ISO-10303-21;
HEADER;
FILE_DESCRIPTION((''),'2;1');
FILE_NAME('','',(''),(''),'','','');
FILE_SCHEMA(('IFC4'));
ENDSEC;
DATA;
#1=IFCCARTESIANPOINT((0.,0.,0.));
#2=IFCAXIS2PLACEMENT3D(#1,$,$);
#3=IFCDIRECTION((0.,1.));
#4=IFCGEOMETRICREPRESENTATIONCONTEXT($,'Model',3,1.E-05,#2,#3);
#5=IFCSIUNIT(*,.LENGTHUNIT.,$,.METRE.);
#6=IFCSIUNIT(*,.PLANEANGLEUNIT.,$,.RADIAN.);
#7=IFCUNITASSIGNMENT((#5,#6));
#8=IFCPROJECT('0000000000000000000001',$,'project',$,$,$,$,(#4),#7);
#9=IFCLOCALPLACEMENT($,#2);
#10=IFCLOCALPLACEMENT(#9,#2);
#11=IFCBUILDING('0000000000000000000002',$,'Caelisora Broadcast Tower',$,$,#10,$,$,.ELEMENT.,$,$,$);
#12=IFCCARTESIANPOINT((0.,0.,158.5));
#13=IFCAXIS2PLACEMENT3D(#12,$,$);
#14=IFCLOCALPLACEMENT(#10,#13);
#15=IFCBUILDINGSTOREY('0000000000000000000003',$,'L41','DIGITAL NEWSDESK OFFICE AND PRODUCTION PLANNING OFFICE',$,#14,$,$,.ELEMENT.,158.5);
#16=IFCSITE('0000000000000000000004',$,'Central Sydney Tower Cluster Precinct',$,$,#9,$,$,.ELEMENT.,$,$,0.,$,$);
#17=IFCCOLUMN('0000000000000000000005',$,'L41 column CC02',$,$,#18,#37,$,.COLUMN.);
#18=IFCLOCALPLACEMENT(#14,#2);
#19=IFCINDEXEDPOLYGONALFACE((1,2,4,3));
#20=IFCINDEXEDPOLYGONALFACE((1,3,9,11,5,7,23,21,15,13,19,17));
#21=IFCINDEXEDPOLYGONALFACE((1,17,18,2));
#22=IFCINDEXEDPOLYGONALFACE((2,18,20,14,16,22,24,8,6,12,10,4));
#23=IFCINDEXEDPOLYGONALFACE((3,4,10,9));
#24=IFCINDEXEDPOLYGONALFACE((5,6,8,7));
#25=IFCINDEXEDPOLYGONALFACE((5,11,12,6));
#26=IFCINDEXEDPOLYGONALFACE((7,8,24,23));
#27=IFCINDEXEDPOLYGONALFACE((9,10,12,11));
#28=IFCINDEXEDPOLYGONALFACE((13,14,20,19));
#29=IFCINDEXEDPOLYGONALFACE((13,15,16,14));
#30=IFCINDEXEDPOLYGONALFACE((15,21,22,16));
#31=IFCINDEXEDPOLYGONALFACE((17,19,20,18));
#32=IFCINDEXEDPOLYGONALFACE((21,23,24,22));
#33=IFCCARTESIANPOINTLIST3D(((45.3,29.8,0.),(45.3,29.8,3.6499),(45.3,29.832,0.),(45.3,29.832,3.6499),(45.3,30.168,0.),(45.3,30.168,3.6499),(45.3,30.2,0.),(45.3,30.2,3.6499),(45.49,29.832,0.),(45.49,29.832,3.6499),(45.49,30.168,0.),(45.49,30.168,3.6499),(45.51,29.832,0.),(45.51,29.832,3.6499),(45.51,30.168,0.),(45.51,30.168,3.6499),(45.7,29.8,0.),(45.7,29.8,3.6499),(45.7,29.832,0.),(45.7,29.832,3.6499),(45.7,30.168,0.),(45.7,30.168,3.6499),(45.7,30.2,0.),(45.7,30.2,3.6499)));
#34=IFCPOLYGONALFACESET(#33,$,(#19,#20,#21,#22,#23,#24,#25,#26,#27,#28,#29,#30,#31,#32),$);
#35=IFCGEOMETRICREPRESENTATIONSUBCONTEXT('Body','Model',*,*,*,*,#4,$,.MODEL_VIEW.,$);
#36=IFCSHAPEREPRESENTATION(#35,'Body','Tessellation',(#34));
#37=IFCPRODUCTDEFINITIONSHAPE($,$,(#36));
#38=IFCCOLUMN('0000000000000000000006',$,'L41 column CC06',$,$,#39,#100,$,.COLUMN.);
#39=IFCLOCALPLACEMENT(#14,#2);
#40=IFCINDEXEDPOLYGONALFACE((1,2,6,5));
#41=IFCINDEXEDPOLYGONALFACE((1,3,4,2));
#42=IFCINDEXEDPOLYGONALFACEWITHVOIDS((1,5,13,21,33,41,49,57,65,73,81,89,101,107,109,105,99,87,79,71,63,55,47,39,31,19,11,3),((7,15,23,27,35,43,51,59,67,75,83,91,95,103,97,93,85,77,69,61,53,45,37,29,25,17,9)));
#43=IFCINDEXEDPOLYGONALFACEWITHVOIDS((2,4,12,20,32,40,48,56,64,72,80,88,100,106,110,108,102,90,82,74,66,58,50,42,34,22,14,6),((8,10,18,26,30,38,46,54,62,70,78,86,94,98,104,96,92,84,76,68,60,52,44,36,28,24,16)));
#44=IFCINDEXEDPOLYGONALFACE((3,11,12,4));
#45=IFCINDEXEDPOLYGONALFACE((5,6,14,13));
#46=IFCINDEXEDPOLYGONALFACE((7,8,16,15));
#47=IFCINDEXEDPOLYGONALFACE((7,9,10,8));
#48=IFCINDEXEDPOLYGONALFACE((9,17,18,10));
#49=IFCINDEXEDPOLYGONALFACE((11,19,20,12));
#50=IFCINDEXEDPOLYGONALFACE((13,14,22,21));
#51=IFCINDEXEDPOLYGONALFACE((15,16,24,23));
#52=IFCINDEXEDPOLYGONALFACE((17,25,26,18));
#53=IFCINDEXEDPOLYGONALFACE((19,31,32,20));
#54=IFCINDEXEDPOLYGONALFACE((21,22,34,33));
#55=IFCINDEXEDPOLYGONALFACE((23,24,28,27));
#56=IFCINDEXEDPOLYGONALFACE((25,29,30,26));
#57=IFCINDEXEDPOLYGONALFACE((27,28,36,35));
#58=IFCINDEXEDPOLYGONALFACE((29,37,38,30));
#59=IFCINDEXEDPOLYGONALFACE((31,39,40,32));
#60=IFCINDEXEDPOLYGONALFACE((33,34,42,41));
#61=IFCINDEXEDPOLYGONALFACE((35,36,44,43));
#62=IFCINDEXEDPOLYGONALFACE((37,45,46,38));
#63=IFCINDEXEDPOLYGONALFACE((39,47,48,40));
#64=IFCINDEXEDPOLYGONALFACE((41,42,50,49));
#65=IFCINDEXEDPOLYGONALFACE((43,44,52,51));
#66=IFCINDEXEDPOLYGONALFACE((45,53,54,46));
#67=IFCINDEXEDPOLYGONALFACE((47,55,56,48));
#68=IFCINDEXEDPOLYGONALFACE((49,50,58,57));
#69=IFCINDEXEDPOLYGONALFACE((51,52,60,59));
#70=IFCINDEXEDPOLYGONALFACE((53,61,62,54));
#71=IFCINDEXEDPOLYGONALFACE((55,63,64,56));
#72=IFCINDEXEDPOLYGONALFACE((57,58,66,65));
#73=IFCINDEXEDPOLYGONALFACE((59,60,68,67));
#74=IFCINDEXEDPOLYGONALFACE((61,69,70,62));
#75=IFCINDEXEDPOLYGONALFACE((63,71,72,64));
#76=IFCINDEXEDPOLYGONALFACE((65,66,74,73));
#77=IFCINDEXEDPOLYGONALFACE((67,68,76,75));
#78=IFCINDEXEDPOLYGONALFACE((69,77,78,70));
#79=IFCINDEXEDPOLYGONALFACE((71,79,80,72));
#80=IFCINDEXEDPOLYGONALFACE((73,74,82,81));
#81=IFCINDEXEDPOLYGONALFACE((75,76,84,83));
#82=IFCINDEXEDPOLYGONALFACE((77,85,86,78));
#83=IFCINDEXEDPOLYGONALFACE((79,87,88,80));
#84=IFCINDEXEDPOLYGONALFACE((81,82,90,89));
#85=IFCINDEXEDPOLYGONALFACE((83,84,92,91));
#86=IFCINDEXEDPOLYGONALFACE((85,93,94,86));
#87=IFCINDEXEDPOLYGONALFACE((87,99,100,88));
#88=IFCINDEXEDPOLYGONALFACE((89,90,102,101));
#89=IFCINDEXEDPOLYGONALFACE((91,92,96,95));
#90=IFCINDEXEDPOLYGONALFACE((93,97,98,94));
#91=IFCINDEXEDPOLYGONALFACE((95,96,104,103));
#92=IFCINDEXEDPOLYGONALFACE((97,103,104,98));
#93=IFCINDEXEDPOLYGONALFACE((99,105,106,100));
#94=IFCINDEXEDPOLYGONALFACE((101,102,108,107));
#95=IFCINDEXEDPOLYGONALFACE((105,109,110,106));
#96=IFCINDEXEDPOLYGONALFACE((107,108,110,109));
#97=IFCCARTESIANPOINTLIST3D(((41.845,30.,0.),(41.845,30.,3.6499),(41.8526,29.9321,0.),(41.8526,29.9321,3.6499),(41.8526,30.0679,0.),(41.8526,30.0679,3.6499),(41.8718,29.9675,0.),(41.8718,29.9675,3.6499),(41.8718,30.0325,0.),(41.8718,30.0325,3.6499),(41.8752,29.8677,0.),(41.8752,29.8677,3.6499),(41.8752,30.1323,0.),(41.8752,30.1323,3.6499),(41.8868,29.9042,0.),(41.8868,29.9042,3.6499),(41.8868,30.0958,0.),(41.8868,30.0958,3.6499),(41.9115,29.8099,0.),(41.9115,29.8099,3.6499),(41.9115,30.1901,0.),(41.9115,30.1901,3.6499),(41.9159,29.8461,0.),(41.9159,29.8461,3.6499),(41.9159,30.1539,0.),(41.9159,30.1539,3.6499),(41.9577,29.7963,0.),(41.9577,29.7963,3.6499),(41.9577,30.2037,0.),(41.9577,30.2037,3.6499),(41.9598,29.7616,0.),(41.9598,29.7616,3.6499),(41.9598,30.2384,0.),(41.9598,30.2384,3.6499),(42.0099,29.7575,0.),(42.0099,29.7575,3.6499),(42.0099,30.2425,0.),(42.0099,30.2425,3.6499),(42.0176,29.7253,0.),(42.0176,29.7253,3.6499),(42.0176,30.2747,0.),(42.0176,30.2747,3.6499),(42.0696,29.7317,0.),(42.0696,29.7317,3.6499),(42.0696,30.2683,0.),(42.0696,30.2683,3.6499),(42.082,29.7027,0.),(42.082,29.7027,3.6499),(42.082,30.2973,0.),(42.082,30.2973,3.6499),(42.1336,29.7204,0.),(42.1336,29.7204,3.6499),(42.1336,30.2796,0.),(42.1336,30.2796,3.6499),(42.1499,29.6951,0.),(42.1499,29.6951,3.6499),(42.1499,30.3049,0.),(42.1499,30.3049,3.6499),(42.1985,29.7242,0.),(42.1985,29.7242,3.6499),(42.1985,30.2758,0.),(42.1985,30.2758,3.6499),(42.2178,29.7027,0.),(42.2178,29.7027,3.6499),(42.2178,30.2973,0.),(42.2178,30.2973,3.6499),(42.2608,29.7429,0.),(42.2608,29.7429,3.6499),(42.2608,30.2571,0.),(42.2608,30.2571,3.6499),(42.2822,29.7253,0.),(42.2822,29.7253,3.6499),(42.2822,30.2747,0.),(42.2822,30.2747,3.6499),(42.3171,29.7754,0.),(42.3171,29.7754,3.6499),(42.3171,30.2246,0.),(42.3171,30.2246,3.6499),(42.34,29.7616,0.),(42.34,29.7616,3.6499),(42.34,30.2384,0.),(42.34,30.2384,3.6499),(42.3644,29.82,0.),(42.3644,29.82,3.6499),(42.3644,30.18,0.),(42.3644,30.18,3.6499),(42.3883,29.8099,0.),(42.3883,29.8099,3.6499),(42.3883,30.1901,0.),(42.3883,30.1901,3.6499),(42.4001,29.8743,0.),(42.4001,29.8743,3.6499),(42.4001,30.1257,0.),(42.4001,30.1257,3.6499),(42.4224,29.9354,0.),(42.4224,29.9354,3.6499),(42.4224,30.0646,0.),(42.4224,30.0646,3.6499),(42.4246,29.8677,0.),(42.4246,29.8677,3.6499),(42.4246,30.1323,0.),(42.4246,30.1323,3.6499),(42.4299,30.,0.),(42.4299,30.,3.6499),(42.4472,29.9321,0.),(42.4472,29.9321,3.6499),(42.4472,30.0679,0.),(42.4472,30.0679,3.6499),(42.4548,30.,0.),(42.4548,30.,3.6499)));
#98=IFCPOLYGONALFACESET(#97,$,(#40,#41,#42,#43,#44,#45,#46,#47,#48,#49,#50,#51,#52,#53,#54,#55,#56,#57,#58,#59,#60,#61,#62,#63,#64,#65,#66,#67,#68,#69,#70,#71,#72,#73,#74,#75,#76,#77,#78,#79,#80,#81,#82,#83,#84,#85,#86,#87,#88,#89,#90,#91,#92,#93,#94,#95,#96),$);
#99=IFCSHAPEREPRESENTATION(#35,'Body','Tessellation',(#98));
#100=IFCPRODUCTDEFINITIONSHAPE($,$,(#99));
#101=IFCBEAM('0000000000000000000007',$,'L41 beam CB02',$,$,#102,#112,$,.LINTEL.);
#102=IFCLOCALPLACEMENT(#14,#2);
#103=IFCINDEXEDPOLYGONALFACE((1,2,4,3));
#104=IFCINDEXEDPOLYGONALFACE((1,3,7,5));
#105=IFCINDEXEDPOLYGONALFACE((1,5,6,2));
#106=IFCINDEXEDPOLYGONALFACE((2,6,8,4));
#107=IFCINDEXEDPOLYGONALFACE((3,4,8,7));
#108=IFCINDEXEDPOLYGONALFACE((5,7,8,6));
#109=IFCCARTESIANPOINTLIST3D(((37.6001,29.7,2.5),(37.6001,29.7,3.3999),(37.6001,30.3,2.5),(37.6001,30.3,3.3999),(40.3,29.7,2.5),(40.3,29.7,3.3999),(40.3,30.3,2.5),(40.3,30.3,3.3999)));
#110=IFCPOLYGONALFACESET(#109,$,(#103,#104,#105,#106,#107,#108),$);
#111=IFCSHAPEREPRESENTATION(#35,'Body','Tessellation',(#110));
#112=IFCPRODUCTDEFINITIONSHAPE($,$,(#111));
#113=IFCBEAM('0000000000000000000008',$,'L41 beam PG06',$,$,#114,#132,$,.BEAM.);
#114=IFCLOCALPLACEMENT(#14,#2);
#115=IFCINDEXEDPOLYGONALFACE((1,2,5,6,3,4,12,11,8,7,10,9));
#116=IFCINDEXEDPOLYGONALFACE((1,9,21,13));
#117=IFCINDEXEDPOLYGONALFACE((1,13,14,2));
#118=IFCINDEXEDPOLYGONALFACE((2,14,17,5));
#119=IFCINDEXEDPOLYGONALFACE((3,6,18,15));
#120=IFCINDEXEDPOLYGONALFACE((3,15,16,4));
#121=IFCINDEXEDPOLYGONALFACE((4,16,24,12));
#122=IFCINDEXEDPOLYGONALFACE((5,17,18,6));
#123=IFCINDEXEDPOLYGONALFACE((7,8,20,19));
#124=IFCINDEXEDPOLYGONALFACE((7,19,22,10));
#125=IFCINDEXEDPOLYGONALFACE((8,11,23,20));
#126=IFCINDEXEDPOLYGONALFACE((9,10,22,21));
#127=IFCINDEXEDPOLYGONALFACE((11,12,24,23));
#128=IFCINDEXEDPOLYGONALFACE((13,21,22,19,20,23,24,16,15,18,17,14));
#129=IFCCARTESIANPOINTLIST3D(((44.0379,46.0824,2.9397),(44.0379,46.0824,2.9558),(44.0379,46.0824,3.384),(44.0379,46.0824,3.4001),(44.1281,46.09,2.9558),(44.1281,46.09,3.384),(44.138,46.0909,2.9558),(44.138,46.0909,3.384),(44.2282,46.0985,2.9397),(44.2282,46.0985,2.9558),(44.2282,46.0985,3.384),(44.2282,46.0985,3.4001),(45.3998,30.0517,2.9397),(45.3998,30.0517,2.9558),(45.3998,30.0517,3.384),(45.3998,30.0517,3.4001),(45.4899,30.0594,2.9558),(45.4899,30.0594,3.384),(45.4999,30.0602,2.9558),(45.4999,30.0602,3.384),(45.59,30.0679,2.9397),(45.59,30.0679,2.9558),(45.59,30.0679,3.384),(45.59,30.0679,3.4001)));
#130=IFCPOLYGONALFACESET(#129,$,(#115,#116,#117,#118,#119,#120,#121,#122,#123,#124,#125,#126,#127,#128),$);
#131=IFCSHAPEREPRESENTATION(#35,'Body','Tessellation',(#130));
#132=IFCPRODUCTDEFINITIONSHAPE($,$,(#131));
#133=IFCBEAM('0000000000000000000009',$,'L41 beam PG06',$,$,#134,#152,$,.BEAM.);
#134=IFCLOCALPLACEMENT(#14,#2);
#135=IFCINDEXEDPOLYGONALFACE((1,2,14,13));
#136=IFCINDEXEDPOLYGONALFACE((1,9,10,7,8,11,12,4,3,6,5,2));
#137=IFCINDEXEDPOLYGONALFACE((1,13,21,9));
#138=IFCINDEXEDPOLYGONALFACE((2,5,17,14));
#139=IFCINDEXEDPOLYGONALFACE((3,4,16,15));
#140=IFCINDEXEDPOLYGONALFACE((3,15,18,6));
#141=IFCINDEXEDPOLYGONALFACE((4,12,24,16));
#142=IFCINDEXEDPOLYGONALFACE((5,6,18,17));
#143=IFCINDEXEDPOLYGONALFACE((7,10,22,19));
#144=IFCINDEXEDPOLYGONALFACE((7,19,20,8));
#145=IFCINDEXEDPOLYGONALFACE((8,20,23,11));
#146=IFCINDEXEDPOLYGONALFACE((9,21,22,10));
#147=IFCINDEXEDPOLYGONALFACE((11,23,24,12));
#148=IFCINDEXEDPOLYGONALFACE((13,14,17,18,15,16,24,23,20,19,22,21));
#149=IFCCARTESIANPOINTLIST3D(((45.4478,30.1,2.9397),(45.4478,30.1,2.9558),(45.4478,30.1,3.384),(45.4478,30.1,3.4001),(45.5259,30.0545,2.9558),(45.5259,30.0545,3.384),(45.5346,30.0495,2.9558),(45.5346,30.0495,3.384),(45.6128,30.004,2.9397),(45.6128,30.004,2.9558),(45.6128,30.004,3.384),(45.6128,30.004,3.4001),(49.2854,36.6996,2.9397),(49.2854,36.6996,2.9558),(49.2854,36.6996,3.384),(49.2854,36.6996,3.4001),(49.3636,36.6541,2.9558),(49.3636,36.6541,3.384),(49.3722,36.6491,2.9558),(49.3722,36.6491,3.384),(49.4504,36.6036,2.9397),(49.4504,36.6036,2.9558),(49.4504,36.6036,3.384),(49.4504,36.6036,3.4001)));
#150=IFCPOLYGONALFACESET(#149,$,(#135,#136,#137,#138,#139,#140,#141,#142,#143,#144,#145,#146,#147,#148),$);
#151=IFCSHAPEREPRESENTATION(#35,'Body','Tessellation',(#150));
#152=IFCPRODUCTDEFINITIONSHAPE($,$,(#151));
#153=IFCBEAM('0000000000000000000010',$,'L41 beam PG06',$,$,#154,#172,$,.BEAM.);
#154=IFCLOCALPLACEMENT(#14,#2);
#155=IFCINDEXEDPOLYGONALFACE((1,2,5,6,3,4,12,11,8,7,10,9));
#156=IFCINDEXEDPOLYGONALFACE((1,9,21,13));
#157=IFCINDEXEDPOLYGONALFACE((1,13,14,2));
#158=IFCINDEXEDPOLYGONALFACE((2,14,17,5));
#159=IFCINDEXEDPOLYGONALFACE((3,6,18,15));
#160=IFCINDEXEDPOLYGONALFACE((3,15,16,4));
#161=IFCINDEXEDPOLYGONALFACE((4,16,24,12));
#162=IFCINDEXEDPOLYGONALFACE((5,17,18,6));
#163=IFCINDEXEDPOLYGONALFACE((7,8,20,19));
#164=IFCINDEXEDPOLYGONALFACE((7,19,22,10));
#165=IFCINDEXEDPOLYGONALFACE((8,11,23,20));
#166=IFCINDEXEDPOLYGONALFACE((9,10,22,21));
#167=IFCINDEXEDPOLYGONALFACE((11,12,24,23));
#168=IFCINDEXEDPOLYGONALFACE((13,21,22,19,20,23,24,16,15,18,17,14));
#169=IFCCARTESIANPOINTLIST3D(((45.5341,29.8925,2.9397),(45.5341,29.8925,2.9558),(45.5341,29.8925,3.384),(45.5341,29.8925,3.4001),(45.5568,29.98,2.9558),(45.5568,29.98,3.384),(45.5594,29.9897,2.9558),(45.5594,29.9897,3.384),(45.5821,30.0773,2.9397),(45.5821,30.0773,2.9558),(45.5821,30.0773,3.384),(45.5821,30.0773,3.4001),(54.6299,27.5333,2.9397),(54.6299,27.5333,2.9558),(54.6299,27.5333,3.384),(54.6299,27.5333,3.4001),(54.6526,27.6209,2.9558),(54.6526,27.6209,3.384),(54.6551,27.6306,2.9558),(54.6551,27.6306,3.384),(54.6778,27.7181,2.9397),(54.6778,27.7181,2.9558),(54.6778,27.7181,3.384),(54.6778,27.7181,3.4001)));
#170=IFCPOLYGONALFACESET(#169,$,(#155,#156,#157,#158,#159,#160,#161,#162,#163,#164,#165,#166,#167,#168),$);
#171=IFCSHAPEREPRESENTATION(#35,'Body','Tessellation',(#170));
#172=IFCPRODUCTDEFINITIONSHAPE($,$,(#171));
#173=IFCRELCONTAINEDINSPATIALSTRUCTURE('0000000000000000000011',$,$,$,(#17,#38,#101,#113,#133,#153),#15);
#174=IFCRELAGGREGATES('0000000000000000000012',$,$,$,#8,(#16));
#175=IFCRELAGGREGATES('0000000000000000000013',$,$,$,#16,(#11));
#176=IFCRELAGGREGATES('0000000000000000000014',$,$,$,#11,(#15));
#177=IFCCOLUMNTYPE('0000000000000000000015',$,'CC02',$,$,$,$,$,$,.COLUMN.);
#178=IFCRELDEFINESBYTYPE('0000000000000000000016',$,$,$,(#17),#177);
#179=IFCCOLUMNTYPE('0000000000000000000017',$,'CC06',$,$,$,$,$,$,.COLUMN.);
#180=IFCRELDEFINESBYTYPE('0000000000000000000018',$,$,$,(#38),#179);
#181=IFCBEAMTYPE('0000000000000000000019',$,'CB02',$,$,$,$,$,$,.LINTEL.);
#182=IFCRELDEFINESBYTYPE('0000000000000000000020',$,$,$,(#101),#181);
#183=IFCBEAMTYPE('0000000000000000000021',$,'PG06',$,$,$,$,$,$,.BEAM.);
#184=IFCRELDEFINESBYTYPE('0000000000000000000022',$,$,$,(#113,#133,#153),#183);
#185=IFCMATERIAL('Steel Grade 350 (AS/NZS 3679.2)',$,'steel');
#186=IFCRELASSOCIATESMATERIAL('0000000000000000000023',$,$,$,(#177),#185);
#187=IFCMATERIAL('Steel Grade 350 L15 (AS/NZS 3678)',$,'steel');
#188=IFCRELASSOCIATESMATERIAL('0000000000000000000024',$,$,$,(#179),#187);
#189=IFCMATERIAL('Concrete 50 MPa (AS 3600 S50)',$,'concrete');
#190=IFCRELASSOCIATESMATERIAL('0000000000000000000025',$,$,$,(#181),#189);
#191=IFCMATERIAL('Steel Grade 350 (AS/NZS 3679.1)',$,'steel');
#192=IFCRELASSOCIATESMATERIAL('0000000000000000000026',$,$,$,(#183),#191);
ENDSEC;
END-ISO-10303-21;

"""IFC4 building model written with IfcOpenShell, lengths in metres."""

from ifc_helpers import new_model, si_unit, direction, frame, origin, origin_2d, place, context, subcontext, project, spatial, rectangle, hollow_circle, i_section, extrude, source, transform, mapped, material, material_profile, profile_set, type_object, type_shapes, element, save


model = new_model("IFC4")

# Units and contexts
model_context = context("Model", 3, precision=1e-05, world=origin(), true_north=direction((0.0, 1.0)))
body_context = subcontext(model_context, "Body", "Model", "MODEL_VIEW")
ifc_project = project(units=[si_unit("LENGTHUNIT", "METRE"), si_unit("PLANEANGLEUNIT", "RADIAN")], contexts=[model_context])

# Site, building, storey
site_placement = place(None, origin())
site = spatial("IfcSite", under=ifc_project, at=site_placement, Name="Central Sydney Tower Cluster Precinct", CompositionType="ELEMENT", RefElevation=0.0)
building_placement = place(site_placement, origin())
building = spatial("IfcBuilding", under=site, at=building_placement, Name="Caelisora Broadcast Tower", CompositionType="ELEMENT")
storey_placement = place(building_placement, frame((0.0, 0.0, 158.5)))
storey = spatial("IfcBuildingStorey", under=building, at=storey_placement, Name="L41", Description="DIGITAL NEWSDESK OFFICE AND PRODUCTION PLANNING OFFICE", CompositionType="ELEMENT", Elevation=158.5)

# Columns
ifc_material_1 = material(Name="Steel Grade 350 (AS/NZS 3679.2)", Category="steel")
ifc_material_profile_1 = material_profile(ifc_material_1, i_section(OverallWidth=0.3999, OverallDepth=0.3999, WebThickness=0.02, FlangeThickness=0.032, at=origin_2d()), Name="Steel Grade 350 (AS/NZS 3679.2)")
ifc_profile_set_1 = profile_set([ifc_material_profile_1], Name="Steel Grade 350 (AS/NZS 3679.2)")
column_type_1 = type_object("IfcColumnType", Name="CC02", PredefinedType="COLUMN", material=ifc_profile_set_1)
shared_shape_1 = source(origin(), body_context, "Body", "SweptSolid", [
    extrude(i_section(OverallWidth=0.3999, OverallDepth=0.3999, WebThickness=0.02, FlangeThickness=0.032, at=origin_2d()), origin(), (0.0, 0.0, 1.0), 3.6499),
])
type_shapes(column_type_1, [shared_shape_1])
column_1_placement = place(storey_placement, frame((45.5, 30.0, 0.0), z_axis=(0.0, 0.0, 1.0), x_axis=(1.0, 0.0, 0.0)))
element("IfcColumn", 1, at=column_1_placement, inside=storey, type_object=column_type_1, Name="L41 column CC02", PredefinedType="COLUMN", context=body_context, shape_type="MappedRepresentation", body=[
    mapped(shared_shape_1, transform((0.0, 0.0, 0.0), scale=1.0)),
])
ifc_material_2 = material(Name="Steel Grade 350 L15 (AS/NZS 3678)", Category="steel")
ifc_material_profile_2 = material_profile(ifc_material_2, hollow_circle(Radius=0.3049, WallThickness=0.0249, at=origin_2d()), Name="Steel Grade 350 L15 (AS/NZS 3678)")
ifc_profile_set_2 = profile_set([ifc_material_profile_2], Name="Steel Grade 350 L15 (AS/NZS 3678)")
column_type_2 = type_object("IfcColumnType", Name="CC06", PredefinedType="COLUMN", material=ifc_profile_set_2)
shared_shape_2 = source(origin(), body_context, "Body", "SweptSolid", [
    extrude(hollow_circle(Radius=0.3049, WallThickness=0.0249, at=origin_2d()), origin(), (0.0, 0.0, 1.0), 3.6499),
])
type_shapes(column_type_2, [shared_shape_2])
column_2_placement = place(storey_placement, frame((42.1499, 30.0, 0.0), z_axis=(0.0, 0.0, 1.0), x_axis=(1.0, 0.0, 0.0)))
element("IfcColumn", 2, at=column_2_placement, inside=storey, type_object=column_type_2, Name="L41 column CC06", PredefinedType="COLUMN", context=body_context, shape_type="MappedRepresentation", body=[
    mapped(shared_shape_2, transform((0.0, 0.0, 0.0), scale=1.0)),
])

# Beams
ifc_material_3 = material(Name="Concrete 50 MPa (AS 3600 S50)", Category="concrete")
ifc_material_profile_3 = material_profile(ifc_material_3, rectangle(XDim=0.6001, YDim=0.8999, at=origin_2d()), Name="Concrete 50 MPa (AS 3600 S50)")
ifc_profile_set_3 = profile_set([ifc_material_profile_3], Name="Concrete 50 MPa (AS 3600 S50)")
beam_type_1 = type_object("IfcBeamType", Name="CB02", PredefinedType="LINTEL", material=ifc_profile_set_3)
shared_shape_3 = source(origin(), body_context, "Body", "SweptSolid", [
    extrude(rectangle(XDim=0.6001, YDim=0.8999, at=origin_2d()), origin(), (0.0, 0.0, 1.0), 2.7),
])
type_shapes(beam_type_1, [shared_shape_3])
beam_1_placement = place(storey_placement, frame((37.6001, 30.0, 2.95), z_axis=(1.0, 0.0, 0.0), x_axis=(0.0, 1.0, 0.0)))
element("IfcBeam", 3, at=beam_1_placement, inside=storey, type_object=beam_type_1, Name="L41 beam CB02", PredefinedType="LINTEL", context=body_context, shape_type="MappedRepresentation", body=[
    mapped(shared_shape_3, transform((0.0, 0.0, 0.0), scale=1.0)),
])
ifc_material_4 = material(Name="Steel Grade 350 (AS/NZS 3679.1)", Category="steel")
ifc_material_profile_4 = material_profile(ifc_material_4, i_section(OverallWidth=0.1909, OverallDepth=0.4604, WebThickness=0.01, FlangeThickness=0.0161, at=origin_2d()), Name="Steel Grade 350 (AS/NZS 3679.1)")
ifc_profile_set_4 = profile_set([ifc_material_profile_4], Name="Steel Grade 350 (AS/NZS 3679.1)")
beam_type_2 = type_object("IfcBeamType", Name="PG06", PredefinedType="BEAM", material=ifc_profile_set_4)
shared_shape_4 = source(origin(), body_context, "Body", "SweptSolid", [
    extrude(i_section(OverallWidth=0.1909, OverallDepth=0.4604, WebThickness=0.01, FlangeThickness=0.0161, at=origin_2d()), origin(), (0.0, 0.0, 1.0), 16.0884),
])
beam_2_placement = place(storey_placement, frame((45.4949, 30.0598, 3.1699), z_axis=(-0.084647, 0.996411, 0.0), x_axis=(-0.996411, -0.084647, 0.0)))
element("IfcBeam", 4, at=beam_2_placement, inside=storey, type_object=beam_type_2, Name="L41 beam PG06", PredefinedType="BEAM", context=body_context, shape_type="MappedRepresentation", body=[
    mapped(shared_shape_4, transform((0.0, 0.0, 0.0), scale=1.0)),
])
shared_shape_5 = source(origin(), body_context, "Body", "SweptSolid", [
    extrude(i_section(OverallWidth=0.1909, OverallDepth=0.4604, WebThickness=0.01, FlangeThickness=0.0161, at=origin_2d()), origin(), (0.0, 0.0, 1.0), 7.6343),
])
beam_3_placement = place(storey_placement, frame((45.5303, 30.052, 3.1699), z_axis=(0.502685, 0.864469, 0.0), x_axis=(-0.864469, 0.502685, 0.0)))
element("IfcBeam", 5, at=beam_3_placement, inside=storey, type_object=beam_type_2, Name="L41 beam PG06", PredefinedType="BEAM", context=body_context, shape_type="MappedRepresentation", body=[
    mapped(shared_shape_5, transform((0.0, 0.0, 0.0), scale=1.0)),
])
shared_shape_6 = source(origin(), body_context, "Body", "SweptSolid", [
    extrude(i_section(OverallWidth=0.1909, OverallDepth=0.4604, WebThickness=0.01, FlangeThickness=0.0161, at=origin_2d()), origin(), (0.0, 0.0, 1.0), 9.3967),
])
type_shapes(beam_type_2, [shared_shape_4, shared_shape_5, shared_shape_6])
beam_4_placement = place(storey_placement, frame((45.5581, 29.9849, 3.1699), z_axis=(0.967971, -0.25106, 0.0), x_axis=(0.25106, 0.967971, 0.0)))
element("IfcBeam", 6, at=beam_4_placement, inside=storey, type_object=beam_type_2, Name="L41 beam PG06", PredefinedType="BEAM", context=body_context, shape_type="MappedRepresentation", body=[
    mapped(shared_shape_6, transform((0.0, 0.0, 0.0), scale=1.0)),
])

save(model, "model.ifc")
